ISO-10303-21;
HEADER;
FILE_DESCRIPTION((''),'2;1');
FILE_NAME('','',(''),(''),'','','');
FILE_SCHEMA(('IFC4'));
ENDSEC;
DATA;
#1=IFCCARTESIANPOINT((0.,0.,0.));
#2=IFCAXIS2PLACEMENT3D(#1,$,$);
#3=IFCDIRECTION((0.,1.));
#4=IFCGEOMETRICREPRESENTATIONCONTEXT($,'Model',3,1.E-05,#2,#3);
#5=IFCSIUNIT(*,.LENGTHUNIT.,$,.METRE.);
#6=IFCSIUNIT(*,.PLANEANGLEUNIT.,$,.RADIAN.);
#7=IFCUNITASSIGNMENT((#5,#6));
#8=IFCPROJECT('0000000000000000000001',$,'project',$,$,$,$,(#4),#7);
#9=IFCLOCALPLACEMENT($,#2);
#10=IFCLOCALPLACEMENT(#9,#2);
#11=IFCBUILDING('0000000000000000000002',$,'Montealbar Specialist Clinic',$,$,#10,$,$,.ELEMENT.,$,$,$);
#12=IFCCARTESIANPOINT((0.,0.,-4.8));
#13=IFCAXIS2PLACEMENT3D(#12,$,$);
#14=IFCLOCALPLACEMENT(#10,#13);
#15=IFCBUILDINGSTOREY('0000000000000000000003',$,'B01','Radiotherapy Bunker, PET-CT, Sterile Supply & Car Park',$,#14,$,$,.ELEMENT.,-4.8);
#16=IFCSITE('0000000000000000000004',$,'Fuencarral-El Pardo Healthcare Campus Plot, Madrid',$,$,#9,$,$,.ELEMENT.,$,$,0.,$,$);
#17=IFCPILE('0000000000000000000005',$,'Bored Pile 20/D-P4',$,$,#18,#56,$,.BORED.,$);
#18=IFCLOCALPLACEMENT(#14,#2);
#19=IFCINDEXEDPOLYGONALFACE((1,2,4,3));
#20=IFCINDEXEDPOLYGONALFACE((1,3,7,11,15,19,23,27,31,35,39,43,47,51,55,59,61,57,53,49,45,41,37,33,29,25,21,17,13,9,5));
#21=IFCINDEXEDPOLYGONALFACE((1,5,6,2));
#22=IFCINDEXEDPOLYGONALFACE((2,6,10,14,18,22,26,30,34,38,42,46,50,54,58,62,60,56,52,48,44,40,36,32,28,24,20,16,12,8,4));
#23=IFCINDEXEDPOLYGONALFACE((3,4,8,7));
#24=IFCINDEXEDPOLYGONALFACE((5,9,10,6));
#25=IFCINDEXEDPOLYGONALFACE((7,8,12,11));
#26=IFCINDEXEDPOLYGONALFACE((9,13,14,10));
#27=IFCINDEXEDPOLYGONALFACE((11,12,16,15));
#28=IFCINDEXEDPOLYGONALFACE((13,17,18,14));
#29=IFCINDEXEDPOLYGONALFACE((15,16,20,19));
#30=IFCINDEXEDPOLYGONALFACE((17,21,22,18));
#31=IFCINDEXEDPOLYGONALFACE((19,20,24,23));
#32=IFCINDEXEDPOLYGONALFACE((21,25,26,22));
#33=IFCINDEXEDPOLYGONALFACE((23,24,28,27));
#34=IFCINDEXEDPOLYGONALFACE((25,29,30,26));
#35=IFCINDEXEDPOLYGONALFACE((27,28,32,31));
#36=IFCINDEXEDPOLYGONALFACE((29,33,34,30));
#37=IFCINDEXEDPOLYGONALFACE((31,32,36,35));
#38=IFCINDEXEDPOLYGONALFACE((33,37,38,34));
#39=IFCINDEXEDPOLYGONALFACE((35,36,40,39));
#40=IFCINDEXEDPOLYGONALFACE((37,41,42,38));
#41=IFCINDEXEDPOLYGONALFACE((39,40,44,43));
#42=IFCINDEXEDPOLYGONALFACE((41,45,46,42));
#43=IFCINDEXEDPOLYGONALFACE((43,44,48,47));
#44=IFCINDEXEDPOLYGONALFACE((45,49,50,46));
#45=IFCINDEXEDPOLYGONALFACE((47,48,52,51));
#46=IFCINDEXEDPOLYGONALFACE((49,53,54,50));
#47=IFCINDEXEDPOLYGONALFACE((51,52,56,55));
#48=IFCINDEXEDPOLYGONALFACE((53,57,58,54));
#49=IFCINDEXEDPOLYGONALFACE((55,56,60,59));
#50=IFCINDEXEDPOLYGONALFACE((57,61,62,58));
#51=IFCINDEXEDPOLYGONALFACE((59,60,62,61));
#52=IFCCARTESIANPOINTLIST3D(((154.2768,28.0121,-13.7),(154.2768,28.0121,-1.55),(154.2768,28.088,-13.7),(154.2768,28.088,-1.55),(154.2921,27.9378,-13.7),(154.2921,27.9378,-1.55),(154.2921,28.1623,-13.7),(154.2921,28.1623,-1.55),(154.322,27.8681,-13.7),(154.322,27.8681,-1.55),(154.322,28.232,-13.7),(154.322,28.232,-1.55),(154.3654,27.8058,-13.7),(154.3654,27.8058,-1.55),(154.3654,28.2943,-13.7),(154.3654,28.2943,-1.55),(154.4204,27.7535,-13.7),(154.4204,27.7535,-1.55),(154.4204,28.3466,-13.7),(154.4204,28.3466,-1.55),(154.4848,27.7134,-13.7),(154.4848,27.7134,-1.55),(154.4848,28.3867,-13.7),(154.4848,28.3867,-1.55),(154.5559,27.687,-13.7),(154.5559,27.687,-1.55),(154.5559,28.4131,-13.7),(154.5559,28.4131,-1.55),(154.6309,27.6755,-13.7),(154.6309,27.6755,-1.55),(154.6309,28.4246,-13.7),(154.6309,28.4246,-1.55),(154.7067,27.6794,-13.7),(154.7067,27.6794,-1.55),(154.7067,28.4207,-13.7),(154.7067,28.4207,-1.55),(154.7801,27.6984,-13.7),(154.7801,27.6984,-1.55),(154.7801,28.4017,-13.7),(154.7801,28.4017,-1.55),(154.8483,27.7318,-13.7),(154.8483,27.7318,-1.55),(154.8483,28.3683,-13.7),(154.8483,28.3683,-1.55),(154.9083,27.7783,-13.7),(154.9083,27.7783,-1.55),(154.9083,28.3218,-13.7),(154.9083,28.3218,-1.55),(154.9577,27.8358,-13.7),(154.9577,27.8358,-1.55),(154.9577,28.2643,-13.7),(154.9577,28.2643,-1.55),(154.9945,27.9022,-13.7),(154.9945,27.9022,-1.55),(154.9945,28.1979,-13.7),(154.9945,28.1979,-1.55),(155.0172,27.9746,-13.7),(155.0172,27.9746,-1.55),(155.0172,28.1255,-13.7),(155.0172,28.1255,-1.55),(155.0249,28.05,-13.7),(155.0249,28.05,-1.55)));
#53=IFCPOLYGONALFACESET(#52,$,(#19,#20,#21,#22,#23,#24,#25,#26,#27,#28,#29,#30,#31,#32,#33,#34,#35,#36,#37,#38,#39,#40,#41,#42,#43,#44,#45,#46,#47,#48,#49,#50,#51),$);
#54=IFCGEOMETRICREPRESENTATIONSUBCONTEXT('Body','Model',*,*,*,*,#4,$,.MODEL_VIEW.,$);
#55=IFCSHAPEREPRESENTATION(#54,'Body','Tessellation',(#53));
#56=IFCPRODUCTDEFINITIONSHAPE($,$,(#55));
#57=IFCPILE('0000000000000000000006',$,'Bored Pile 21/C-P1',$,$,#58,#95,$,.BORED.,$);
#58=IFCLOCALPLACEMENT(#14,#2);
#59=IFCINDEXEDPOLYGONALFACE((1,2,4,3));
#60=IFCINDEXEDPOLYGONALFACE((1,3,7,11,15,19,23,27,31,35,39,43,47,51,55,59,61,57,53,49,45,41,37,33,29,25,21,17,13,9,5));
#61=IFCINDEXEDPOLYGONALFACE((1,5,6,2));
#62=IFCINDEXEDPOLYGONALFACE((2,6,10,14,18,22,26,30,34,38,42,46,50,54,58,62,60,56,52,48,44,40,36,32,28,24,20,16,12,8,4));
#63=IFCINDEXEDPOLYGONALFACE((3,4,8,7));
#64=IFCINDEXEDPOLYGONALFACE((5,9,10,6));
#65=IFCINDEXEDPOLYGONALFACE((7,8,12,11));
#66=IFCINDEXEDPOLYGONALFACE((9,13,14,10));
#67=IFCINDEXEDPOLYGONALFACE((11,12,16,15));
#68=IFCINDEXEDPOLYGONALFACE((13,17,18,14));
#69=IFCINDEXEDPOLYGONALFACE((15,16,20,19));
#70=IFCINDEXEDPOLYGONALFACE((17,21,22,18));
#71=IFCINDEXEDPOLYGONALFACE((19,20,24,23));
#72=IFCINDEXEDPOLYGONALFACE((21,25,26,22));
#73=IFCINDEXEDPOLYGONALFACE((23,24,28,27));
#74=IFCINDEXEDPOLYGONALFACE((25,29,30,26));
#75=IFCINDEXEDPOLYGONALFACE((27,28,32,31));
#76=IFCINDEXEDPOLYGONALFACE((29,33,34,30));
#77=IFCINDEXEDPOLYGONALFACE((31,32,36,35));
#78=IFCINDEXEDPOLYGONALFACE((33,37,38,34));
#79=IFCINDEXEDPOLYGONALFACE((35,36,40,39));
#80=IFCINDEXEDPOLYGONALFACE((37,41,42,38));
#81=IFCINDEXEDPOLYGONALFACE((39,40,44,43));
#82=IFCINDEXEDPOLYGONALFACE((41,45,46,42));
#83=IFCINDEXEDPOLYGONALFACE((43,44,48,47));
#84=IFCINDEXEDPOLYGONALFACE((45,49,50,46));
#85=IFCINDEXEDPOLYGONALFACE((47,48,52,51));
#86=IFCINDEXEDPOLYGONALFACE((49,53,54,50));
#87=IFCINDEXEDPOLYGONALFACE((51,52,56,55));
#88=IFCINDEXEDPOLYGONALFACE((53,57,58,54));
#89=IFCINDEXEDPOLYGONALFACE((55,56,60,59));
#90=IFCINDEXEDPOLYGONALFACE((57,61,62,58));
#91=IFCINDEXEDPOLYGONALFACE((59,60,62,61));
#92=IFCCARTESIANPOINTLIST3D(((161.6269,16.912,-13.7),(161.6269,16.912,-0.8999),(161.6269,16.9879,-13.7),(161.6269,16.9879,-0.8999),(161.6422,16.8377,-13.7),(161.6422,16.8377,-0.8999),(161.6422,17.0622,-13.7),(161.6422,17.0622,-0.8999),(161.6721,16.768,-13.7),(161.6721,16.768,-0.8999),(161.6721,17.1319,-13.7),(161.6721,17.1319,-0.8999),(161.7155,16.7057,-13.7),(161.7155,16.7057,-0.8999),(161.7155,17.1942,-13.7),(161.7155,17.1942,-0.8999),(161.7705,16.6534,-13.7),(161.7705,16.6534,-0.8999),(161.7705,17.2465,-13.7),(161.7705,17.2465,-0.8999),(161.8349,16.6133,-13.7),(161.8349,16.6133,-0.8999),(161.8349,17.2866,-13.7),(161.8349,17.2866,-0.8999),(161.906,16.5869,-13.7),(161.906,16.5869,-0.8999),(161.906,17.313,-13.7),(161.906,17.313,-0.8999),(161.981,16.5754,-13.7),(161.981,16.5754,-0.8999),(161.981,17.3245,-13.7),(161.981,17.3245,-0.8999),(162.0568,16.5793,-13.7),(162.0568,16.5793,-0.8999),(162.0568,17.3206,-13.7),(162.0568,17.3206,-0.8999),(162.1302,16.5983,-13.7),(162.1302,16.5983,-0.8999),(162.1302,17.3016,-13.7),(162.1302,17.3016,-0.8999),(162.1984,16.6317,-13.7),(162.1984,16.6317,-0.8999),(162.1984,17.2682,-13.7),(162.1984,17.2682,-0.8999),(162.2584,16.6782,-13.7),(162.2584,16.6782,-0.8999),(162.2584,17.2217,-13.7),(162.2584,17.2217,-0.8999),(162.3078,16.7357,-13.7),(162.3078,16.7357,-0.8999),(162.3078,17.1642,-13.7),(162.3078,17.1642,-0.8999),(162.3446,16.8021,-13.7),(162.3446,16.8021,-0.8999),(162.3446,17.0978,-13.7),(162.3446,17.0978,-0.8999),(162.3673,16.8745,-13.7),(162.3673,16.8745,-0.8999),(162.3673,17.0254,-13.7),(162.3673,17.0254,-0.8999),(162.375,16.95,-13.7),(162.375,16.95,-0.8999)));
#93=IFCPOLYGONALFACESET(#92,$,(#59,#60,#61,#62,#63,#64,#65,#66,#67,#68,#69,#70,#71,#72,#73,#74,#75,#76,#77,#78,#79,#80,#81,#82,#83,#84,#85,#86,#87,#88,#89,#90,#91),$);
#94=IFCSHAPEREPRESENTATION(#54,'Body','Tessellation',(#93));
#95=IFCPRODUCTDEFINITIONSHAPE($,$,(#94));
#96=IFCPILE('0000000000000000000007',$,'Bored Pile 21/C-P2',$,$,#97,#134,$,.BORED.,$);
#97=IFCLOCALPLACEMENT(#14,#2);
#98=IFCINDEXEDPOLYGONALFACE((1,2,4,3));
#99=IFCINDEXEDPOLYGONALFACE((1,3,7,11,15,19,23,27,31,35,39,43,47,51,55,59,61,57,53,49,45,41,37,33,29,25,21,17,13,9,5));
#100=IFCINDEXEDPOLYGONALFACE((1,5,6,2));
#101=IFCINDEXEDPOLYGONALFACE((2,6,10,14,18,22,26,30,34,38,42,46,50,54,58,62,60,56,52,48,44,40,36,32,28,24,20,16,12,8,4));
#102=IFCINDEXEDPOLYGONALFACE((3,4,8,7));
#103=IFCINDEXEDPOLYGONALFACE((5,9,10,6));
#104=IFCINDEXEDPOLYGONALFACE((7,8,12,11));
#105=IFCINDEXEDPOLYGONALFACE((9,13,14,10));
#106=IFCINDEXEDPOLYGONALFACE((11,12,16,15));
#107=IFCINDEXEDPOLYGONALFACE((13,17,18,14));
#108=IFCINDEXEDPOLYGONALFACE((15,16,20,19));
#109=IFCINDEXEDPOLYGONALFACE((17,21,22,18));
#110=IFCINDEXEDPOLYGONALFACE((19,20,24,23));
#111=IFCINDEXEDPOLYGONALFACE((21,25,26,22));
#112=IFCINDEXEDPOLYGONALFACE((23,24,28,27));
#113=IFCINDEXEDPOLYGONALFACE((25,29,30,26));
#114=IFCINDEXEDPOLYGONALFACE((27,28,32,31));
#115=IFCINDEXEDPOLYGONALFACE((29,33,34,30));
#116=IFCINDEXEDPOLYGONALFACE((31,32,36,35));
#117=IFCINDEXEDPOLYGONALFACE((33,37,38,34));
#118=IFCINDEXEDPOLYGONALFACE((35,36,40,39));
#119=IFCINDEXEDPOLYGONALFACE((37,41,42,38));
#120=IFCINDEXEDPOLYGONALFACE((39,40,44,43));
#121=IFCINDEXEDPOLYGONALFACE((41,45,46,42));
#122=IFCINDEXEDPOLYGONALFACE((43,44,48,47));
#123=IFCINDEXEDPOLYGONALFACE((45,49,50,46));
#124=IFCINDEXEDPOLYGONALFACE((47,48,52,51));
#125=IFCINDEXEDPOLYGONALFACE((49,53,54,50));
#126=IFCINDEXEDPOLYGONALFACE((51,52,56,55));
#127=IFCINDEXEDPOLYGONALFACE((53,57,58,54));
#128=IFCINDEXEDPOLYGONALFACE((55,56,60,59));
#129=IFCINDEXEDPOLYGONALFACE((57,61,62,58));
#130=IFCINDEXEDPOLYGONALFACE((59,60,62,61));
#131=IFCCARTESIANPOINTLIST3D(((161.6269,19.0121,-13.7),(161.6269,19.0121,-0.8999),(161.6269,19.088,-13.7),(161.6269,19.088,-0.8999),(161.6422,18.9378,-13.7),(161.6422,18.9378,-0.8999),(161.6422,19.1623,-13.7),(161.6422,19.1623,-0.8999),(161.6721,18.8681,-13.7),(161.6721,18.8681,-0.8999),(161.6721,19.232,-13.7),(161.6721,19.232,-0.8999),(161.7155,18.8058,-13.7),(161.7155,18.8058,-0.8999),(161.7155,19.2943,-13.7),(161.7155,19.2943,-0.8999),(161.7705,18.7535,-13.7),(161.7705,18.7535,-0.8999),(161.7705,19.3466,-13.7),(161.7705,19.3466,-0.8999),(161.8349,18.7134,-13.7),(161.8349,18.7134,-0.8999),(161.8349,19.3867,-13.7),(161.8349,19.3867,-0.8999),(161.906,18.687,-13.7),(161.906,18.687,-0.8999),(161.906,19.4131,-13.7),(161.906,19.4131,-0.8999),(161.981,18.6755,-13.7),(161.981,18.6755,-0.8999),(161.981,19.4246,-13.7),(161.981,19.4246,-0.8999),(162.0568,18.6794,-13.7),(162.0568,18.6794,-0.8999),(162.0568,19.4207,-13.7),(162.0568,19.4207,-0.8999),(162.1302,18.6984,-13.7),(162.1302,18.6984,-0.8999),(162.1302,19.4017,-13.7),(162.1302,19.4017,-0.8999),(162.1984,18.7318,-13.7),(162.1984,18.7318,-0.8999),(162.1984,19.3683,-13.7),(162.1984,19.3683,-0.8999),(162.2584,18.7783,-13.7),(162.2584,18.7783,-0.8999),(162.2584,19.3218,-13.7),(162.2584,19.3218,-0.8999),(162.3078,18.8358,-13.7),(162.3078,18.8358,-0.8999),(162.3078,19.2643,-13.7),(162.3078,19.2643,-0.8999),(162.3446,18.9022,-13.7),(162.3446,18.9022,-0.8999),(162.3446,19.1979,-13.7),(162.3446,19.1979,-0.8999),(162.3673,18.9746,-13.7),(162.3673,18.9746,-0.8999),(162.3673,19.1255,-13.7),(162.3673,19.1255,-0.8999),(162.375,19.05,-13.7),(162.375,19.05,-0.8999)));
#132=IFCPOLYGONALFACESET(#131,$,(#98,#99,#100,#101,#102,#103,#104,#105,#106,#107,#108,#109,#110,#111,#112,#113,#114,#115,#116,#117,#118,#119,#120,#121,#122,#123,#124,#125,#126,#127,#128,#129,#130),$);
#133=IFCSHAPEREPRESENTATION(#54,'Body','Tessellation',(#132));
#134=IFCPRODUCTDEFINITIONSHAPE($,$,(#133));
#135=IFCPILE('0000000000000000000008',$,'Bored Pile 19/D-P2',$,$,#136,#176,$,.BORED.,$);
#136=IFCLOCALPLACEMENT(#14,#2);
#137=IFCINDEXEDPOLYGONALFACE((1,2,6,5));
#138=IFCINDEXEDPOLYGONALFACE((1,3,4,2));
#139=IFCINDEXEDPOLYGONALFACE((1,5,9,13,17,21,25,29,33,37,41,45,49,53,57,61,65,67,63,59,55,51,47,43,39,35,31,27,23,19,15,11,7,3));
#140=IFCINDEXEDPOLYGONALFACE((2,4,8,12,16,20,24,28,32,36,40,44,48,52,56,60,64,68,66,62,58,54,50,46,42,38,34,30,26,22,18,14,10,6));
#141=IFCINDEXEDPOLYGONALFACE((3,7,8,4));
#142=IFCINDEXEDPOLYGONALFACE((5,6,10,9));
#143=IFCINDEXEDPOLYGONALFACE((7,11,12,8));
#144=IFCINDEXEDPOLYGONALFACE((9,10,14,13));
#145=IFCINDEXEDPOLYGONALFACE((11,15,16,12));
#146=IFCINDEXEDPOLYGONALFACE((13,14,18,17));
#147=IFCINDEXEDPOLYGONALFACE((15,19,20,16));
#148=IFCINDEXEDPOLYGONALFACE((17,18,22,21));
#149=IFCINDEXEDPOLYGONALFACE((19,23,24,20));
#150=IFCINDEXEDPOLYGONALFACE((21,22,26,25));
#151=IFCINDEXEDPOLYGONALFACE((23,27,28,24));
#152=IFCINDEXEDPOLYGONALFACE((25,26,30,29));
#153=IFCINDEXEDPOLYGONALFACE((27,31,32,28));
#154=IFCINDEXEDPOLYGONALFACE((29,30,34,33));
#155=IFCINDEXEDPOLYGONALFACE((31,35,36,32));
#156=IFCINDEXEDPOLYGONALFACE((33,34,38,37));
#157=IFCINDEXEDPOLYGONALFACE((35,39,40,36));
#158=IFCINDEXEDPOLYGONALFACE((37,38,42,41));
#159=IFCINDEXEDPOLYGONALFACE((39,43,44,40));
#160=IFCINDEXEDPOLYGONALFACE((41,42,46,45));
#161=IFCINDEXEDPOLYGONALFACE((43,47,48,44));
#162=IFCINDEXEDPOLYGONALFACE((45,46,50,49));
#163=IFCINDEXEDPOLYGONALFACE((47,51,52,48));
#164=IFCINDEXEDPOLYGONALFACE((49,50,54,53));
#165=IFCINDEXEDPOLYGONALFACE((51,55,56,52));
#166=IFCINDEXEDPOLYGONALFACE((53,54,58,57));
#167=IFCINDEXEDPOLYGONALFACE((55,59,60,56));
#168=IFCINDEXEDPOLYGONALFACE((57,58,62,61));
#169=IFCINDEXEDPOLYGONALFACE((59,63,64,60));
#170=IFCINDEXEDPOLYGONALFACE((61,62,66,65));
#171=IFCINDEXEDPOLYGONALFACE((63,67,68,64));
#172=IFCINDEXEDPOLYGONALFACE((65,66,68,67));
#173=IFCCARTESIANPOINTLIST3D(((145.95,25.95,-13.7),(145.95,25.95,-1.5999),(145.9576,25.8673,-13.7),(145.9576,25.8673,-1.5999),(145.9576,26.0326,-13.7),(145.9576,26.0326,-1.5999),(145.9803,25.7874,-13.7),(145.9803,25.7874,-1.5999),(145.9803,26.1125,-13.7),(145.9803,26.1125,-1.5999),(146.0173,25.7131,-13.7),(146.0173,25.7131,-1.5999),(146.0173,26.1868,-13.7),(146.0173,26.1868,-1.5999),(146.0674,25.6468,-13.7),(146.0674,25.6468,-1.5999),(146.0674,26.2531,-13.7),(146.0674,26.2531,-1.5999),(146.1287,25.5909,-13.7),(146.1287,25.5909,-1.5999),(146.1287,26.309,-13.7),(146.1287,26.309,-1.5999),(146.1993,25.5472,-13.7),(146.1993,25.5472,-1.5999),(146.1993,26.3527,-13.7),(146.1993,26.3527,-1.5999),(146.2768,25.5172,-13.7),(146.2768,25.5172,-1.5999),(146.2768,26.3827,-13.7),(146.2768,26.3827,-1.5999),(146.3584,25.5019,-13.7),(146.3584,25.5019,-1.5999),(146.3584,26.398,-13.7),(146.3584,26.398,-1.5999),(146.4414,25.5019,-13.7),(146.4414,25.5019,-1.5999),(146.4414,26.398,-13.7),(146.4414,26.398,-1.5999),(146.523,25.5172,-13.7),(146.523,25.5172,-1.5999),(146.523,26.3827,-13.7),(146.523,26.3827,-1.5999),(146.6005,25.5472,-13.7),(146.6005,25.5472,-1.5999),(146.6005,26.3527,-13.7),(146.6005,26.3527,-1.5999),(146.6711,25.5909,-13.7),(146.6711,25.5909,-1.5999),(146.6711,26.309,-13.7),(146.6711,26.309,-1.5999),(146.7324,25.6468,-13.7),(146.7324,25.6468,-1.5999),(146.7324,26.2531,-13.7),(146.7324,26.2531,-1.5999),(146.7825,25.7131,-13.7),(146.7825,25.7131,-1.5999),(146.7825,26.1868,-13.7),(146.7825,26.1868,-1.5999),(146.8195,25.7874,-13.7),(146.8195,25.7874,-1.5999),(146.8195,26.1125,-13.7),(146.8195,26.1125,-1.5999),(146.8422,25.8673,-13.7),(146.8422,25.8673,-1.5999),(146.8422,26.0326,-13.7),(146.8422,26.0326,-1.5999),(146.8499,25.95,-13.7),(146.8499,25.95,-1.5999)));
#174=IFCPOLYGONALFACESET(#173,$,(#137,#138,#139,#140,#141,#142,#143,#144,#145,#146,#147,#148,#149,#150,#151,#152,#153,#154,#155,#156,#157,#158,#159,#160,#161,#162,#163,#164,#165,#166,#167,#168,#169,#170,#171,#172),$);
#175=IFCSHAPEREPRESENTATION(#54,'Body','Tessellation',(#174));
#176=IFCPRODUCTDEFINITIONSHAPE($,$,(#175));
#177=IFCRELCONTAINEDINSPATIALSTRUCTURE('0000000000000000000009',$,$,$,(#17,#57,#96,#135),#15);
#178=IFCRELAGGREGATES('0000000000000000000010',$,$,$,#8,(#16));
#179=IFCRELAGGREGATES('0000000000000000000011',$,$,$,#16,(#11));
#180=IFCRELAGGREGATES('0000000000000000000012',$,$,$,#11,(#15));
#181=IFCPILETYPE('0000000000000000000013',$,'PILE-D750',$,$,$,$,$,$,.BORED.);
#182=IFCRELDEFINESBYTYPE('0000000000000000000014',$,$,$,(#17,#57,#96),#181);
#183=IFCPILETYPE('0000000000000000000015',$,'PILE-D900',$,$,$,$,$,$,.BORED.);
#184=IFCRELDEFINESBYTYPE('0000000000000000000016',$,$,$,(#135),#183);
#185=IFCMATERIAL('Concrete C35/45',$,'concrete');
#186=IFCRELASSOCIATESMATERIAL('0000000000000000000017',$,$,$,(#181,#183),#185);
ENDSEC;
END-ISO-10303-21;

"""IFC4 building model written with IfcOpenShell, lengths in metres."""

from ifc_helpers import new_model, si_unit, direction, frame, origin, origin_2d, place, context, subcontext, project, spatial, circle, extrude, material, material_profile, profile_set, type_object, element, save


model = new_model("IFC4")

# Units and contexts
model_context = context("Model", 3, precision=1e-05, world=origin(), true_north=direction((0.0, 1.0)))
body_context = subcontext(model_context, "Body", "Model", "MODEL_VIEW")
ifc_project = project(units=[si_unit("LENGTHUNIT", "METRE"), si_unit("PLANEANGLEUNIT", "RADIAN")], contexts=[model_context])

# Site, building, storey
site_placement = place(None, origin())
site = spatial("IfcSite", under=ifc_project, at=site_placement, Name="Fuencarral-El Pardo Healthcare Campus Plot, Madrid", CompositionType="ELEMENT", RefElevation=0.0)
building_placement = place(site_placement, origin())
building = spatial("IfcBuilding", under=site, at=building_placement, Name="Montealbar Specialist Clinic", CompositionType="ELEMENT")
storey_placement = place(building_placement, frame((0.0, 0.0, -4.8)))
storey = spatial("IfcBuildingStorey", under=building, at=storey_placement, Name="B01", Description="Radiotherapy Bunker, PET-CT, Sterile Supply & Car Park", CompositionType="ELEMENT", Elevation=-4.8)

# Shared definitions
ifc_material_1 = material(Name="Concrete C35/45", Category="concrete")

# Piles
ifc_material_profile_1 = material_profile(ifc_material_1, circle(Radius=0.375, at=origin_2d()), Name="PILE D750", Category="concrete")
ifc_profile_set_1 = profile_set([ifc_material_profile_1], Name="Concrete C35/45")
pile_type_1 = type_object("IfcPileType", Name="PILE-D750", PredefinedType="BORED", material=ifc_profile_set_1)
for number, where, z_axis, x_axis, name in (
    (1, (154.6499, 28.05, -1.55), (0.0, 0.0, -1.0), (1.0, 0.0, 0.0), "Bored Pile 20/D-P4"),
):
    element("IfcPile", number, at=place(storey_placement, frame(where, z_axis=z_axis, x_axis=x_axis)), inside=storey, type_object=pile_type_1, Name=name, PredefinedType="BORED", context=body_context, shape_type="SweptSolid", body=[
        extrude(circle(Radius=0.375, at=origin_2d()), origin(), (0.0, 0.0, 1.0), 12.1499),
    ])
for number, where, z_axis, x_axis, name in (
    (2, (162.0, 16.95, -0.8999), (0.0, 0.0, -1.0), (1.0, 0.0, 0.0), "Bored Pile 21/C-P1"),
    (3, (162.0, 19.05, -0.8999), (0.0, 0.0, -1.0), (1.0, 0.0, 0.0), "Bored Pile 21/C-P2"),
):
    element("IfcPile", number, at=place(storey_placement, frame(where, z_axis=z_axis, x_axis=x_axis)), inside=storey, type_object=pile_type_1, Name=name, PredefinedType="BORED", context=body_context, shape_type="SweptSolid", body=[
        extrude(circle(Radius=0.375, at=origin_2d()), origin(), (0.0, 0.0, 1.0), 12.8),
    ])
ifc_material_profile_2 = material_profile(ifc_material_1, circle(Radius=0.45, at=origin_2d()), Name="PILE D900", Category="concrete")
ifc_profile_set_2 = profile_set([ifc_material_profile_2], Name="Concrete C35/45")
pile_type_2 = type_object("IfcPileType", Name="PILE-D900", PredefinedType="BORED", material=ifc_profile_set_2)
for number, where, z_axis, x_axis, name in (
    (4, (146.3999, 25.95, -1.5999), (0.0, 0.0, -1.0), (1.0, 0.0, 0.0), "Bored Pile 19/D-P2"),
):
    element("IfcPile", number, at=place(storey_placement, frame(where, z_axis=z_axis, x_axis=x_axis)), inside=storey, type_object=pile_type_2, Name=name, PredefinedType="BORED", context=body_context, shape_type="SweptSolid", body=[
        extrude(circle(Radius=0.45, at=origin_2d()), origin(), (0.0, 0.0, 1.0), 12.1001),
    ])

save(model, "model.ifc")
